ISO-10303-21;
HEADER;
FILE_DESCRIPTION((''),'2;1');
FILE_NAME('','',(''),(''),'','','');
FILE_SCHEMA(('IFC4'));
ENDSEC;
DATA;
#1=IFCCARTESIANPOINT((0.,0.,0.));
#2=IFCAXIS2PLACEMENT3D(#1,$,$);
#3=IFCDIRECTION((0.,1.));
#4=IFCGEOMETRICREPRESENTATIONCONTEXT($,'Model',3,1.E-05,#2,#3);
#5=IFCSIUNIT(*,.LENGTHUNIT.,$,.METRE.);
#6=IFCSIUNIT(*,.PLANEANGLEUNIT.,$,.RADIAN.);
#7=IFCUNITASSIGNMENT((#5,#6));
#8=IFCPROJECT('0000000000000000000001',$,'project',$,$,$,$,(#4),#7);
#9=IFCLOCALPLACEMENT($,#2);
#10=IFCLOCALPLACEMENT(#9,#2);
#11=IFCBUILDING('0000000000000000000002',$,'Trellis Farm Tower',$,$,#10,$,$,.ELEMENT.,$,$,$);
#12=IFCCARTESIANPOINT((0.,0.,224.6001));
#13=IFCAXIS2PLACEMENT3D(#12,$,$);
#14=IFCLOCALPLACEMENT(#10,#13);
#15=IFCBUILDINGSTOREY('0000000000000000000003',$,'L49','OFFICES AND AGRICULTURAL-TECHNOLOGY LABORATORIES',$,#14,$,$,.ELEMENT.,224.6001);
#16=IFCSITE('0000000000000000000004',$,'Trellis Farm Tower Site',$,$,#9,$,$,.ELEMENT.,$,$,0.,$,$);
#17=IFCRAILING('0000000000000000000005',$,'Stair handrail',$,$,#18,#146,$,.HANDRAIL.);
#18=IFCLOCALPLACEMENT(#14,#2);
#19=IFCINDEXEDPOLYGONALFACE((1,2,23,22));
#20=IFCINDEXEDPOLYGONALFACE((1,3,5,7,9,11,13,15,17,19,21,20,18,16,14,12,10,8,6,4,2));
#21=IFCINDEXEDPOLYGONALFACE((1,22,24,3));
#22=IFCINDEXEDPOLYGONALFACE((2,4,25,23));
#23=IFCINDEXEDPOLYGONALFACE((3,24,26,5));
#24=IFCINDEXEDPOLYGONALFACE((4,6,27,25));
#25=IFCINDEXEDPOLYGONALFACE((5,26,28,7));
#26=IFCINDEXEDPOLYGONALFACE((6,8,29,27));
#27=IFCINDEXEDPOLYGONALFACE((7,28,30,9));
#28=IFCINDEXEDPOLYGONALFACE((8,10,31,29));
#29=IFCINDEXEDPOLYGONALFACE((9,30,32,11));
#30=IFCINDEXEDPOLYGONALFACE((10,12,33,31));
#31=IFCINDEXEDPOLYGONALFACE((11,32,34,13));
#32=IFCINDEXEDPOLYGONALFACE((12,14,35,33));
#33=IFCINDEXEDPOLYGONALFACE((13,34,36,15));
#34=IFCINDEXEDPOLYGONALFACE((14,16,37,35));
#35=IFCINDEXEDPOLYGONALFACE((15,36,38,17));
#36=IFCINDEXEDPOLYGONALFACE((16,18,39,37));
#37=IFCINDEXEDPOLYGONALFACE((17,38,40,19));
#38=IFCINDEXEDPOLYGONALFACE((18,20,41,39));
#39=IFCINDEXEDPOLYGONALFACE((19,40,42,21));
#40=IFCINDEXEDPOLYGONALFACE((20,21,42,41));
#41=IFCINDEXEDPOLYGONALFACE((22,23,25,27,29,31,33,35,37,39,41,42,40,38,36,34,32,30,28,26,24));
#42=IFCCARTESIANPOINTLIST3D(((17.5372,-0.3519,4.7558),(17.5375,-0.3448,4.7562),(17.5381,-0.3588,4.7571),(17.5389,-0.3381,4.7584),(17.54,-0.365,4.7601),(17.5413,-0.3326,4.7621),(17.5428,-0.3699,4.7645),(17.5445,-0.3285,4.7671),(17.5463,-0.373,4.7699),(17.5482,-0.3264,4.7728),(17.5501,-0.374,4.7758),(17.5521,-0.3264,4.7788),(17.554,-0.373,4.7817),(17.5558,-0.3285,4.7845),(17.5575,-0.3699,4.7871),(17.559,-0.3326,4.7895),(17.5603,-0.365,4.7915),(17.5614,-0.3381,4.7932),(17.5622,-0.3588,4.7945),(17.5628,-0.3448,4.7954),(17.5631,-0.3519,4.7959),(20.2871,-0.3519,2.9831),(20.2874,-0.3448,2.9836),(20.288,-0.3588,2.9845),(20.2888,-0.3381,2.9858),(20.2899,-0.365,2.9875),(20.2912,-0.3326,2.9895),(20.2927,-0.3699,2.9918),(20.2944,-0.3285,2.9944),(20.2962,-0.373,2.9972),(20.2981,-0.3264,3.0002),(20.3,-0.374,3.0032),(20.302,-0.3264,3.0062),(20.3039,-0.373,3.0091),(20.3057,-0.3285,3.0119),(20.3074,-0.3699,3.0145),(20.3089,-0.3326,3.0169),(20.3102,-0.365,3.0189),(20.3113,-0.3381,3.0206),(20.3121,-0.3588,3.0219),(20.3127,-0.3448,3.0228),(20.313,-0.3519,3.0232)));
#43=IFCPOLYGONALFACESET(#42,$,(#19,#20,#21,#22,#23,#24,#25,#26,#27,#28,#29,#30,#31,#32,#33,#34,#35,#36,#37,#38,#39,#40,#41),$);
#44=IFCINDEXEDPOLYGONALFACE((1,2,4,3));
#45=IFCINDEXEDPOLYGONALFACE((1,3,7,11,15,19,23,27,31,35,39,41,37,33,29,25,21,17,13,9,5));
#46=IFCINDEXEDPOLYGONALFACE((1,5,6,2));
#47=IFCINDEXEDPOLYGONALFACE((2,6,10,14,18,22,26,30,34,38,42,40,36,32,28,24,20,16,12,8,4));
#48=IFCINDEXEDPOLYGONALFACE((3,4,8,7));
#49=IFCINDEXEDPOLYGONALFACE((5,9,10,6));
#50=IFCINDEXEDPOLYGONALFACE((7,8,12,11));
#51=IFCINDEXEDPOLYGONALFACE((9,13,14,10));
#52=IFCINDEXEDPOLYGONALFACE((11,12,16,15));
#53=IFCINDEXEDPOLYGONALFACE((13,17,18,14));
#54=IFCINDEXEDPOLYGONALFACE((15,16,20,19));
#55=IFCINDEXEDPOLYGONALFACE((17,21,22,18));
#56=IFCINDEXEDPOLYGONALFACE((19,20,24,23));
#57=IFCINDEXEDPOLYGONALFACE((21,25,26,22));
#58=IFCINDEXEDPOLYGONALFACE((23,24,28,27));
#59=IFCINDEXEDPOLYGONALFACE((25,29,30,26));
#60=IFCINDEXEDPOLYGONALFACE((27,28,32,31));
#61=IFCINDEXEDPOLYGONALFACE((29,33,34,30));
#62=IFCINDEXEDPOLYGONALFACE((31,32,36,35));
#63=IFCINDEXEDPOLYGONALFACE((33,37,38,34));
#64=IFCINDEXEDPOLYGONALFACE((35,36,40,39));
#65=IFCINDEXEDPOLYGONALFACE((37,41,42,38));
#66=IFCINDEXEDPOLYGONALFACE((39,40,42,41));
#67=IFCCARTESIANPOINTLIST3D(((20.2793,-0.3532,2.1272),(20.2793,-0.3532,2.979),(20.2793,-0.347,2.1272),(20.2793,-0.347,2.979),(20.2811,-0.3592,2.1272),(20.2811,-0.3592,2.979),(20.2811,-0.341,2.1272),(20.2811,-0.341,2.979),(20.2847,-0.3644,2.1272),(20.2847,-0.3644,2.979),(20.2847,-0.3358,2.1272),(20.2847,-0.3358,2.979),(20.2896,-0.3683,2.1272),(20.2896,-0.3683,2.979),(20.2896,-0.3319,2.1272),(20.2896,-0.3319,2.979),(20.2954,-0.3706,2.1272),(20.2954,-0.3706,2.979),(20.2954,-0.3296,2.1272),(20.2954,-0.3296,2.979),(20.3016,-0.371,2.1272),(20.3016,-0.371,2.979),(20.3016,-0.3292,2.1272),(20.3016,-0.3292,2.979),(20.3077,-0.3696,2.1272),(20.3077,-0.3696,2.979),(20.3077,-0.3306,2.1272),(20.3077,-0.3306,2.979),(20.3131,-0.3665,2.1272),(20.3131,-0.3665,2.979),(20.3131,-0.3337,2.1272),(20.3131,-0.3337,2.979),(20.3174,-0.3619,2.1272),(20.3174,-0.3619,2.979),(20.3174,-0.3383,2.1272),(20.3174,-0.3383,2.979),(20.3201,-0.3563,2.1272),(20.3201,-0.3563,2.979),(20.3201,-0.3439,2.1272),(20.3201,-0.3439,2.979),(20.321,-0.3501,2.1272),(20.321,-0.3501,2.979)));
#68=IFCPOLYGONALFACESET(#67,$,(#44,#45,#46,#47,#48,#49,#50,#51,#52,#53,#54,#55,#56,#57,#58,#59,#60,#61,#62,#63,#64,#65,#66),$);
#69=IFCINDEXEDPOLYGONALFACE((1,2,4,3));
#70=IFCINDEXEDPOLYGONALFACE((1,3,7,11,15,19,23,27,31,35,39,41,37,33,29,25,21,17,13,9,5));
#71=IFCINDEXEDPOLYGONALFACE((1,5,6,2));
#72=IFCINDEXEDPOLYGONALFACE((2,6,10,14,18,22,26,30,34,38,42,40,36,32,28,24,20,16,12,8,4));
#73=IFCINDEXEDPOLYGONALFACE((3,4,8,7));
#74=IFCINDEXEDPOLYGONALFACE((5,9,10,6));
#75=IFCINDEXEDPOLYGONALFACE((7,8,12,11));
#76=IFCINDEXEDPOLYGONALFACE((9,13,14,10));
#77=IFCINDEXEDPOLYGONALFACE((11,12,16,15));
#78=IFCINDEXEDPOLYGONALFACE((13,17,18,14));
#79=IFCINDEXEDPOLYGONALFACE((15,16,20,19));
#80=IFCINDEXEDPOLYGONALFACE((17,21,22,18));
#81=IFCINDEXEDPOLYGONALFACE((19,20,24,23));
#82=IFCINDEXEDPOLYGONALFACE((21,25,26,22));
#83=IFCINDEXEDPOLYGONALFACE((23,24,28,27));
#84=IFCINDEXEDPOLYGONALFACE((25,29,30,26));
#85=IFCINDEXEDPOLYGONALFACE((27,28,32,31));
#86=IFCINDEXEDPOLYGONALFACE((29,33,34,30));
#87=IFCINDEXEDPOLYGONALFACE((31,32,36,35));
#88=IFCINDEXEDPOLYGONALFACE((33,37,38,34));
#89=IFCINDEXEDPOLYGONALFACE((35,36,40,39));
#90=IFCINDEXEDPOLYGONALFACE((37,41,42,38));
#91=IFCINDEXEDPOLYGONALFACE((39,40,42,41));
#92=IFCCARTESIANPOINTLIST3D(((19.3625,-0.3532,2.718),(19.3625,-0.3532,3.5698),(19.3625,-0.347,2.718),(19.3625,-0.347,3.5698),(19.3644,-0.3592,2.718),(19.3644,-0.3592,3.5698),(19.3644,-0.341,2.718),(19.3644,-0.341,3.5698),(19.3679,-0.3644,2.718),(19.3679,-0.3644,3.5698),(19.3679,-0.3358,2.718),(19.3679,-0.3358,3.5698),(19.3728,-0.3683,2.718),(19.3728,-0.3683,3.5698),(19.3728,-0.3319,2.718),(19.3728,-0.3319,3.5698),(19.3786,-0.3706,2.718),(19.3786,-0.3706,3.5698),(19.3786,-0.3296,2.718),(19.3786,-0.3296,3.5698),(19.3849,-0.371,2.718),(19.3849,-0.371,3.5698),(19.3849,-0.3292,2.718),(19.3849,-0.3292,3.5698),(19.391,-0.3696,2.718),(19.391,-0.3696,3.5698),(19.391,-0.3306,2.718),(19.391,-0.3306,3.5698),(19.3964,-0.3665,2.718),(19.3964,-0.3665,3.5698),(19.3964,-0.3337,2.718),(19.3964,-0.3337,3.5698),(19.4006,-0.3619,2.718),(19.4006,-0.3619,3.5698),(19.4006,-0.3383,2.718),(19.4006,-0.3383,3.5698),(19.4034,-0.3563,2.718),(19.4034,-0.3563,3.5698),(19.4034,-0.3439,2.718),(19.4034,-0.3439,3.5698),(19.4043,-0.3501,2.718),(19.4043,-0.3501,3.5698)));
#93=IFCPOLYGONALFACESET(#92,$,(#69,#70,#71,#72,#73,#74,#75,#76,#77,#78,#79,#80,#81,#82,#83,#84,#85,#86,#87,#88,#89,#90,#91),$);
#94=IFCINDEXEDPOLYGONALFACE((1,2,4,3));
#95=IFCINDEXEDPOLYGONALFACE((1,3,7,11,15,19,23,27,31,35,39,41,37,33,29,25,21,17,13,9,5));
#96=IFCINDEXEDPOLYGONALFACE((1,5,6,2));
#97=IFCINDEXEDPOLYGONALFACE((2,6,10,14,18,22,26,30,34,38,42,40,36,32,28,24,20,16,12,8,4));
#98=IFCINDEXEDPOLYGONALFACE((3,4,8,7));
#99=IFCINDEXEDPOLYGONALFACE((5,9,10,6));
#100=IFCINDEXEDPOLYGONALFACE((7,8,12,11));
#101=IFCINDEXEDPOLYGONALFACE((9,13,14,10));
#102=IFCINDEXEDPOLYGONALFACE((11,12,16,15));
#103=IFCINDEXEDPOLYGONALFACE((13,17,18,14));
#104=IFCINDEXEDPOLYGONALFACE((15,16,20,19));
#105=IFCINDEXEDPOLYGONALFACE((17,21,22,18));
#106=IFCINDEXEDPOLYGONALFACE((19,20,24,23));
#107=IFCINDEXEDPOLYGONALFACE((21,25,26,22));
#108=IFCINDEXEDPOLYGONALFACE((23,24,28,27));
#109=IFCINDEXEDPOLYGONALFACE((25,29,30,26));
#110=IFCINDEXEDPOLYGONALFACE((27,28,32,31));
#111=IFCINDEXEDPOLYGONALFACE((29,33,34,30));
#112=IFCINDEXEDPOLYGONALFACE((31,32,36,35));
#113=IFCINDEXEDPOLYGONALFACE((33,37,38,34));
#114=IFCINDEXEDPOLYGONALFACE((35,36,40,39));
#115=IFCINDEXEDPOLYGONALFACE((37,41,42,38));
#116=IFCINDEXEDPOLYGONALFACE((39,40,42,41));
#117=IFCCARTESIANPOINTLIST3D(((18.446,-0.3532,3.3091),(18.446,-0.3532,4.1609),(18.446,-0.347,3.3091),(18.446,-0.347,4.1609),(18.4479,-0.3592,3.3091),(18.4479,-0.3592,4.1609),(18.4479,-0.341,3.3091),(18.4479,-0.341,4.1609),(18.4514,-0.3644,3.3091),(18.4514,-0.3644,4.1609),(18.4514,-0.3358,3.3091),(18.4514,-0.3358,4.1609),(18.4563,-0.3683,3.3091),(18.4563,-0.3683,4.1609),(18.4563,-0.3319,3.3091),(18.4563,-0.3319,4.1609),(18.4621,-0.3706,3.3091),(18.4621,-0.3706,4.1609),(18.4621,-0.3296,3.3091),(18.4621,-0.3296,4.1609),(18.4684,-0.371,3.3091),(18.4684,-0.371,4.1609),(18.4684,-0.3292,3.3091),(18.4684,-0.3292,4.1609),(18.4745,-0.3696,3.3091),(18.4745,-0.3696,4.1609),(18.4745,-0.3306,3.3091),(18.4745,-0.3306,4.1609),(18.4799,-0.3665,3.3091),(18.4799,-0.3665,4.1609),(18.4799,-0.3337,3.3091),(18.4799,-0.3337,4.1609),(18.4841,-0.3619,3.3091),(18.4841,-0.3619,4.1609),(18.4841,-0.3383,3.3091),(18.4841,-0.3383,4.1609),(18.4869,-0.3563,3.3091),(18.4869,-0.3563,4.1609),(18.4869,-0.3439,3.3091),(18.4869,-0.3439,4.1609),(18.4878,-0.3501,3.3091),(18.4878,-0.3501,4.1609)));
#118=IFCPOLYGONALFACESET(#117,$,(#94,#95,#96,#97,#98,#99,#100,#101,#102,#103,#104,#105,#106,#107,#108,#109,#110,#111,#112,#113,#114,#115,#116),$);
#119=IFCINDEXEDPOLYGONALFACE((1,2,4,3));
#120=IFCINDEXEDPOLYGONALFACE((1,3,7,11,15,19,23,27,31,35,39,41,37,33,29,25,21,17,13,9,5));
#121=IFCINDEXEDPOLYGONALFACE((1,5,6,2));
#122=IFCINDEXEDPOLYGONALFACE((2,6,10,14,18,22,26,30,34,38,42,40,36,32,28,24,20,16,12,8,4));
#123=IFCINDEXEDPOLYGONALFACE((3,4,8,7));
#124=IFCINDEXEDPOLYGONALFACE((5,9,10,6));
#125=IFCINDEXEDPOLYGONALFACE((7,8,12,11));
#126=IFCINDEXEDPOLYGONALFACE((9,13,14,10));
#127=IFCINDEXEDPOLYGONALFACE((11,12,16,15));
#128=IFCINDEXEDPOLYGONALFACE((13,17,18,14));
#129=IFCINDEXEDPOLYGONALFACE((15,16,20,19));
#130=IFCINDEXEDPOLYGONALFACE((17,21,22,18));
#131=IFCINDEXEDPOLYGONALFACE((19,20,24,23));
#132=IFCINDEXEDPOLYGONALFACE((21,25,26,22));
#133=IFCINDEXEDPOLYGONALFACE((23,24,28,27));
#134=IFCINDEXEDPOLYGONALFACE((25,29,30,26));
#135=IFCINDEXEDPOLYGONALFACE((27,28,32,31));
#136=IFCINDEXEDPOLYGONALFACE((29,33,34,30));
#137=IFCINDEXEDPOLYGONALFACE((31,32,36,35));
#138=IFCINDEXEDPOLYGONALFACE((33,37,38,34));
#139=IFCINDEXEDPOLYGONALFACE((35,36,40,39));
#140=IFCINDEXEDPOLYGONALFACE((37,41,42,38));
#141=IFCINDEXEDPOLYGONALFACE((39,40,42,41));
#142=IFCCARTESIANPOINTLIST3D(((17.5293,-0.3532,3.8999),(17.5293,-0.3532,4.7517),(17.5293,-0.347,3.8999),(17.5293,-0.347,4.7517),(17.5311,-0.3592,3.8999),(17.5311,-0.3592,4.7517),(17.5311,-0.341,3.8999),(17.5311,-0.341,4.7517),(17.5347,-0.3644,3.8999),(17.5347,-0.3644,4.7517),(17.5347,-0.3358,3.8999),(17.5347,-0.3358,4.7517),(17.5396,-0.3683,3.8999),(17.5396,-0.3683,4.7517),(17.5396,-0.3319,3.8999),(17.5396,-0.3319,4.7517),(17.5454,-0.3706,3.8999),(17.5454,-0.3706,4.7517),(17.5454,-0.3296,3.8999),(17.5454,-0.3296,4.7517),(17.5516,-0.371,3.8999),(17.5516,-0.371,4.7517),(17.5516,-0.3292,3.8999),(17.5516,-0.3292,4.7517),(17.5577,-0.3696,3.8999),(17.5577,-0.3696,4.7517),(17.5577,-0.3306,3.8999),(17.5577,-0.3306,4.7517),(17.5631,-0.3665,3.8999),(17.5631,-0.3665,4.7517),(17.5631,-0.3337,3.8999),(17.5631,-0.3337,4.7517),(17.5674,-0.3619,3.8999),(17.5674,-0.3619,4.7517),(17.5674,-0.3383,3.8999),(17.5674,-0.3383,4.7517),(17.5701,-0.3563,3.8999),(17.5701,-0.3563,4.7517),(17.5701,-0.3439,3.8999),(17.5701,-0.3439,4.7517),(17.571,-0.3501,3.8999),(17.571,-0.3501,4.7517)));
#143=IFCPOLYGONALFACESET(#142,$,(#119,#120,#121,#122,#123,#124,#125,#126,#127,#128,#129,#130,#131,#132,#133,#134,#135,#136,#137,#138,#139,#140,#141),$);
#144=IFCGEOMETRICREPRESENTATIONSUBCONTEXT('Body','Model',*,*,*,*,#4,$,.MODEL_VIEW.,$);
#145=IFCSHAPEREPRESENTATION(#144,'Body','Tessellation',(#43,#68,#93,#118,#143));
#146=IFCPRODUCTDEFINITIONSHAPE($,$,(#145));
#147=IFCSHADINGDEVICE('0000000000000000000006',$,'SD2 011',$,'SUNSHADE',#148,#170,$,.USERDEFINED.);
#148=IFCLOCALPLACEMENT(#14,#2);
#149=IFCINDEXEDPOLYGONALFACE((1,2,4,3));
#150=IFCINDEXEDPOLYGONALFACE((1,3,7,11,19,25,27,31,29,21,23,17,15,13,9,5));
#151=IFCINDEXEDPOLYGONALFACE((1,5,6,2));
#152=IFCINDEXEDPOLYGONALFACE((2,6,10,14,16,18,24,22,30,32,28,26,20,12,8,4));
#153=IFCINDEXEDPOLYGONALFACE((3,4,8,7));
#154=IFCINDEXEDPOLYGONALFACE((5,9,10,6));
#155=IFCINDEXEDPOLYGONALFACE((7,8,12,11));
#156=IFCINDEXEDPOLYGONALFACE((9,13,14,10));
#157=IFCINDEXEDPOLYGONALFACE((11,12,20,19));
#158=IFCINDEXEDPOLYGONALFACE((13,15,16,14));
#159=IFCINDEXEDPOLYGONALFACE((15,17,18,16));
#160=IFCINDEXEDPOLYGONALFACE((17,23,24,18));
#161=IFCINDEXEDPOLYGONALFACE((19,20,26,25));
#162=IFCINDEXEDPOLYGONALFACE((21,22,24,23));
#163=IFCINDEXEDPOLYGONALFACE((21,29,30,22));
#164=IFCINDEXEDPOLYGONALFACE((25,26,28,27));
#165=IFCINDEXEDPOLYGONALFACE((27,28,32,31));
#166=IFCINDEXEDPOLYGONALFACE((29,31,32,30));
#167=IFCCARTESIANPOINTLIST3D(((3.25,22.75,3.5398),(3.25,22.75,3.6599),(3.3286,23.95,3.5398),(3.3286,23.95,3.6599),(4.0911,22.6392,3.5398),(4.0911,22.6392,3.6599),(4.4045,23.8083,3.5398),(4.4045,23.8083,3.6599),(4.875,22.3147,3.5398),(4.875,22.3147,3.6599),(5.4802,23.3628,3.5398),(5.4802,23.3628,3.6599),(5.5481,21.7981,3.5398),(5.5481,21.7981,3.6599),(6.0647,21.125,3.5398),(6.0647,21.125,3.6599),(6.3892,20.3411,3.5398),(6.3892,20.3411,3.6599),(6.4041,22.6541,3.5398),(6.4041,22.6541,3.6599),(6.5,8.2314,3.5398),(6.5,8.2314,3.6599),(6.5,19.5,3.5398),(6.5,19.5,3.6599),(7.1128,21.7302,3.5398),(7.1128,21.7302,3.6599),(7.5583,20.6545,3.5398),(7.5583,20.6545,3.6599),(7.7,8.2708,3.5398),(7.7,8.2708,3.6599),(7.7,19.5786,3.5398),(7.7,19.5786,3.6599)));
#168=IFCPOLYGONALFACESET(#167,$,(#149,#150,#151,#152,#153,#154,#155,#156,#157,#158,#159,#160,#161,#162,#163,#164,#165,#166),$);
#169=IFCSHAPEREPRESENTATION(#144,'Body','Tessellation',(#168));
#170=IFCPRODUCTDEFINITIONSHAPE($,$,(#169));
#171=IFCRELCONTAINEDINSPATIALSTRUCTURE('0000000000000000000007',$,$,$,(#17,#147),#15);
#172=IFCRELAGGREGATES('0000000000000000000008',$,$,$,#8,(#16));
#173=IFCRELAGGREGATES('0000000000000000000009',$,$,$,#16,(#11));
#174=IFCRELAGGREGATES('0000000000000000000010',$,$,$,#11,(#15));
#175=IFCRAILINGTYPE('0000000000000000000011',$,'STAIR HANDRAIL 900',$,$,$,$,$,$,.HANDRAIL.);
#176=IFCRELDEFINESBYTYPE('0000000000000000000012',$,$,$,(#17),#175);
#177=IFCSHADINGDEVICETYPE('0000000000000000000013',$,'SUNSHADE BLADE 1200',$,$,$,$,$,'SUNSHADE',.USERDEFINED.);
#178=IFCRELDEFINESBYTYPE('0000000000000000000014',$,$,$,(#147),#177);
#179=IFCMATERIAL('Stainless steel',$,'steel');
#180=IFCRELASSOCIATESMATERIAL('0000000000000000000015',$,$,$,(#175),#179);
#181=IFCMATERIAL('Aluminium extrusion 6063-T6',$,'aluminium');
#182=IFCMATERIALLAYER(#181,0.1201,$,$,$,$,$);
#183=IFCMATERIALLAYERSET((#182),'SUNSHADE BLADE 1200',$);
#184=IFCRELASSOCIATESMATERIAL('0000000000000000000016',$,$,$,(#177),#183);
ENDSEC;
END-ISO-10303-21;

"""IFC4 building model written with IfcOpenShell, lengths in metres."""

from ifc_helpers import new_model, si_unit, direction, frame, origin, origin_2d, place, context, subcontext, project, spatial, polyline, circle, outline, extrude, source, transform, mapped, material, layer, layer_set, type_object, element, save


model = new_model("IFC4")

# Units and contexts
model_context = context("Model", 3, precision=1e-05, world=origin(), true_north=direction((0.0, 1.0)))
body_context = subcontext(model_context, "Body", "Model", "MODEL_VIEW")
ifc_project = project(units=[si_unit("LENGTHUNIT", "METRE"), si_unit("PLANEANGLEUNIT", "RADIAN")], contexts=[model_context])

# Site, building, storey
site_placement = place(None, origin())
site = spatial("IfcSite", under=ifc_project, at=site_placement, Name="Trellis Farm Tower Site", CompositionType="ELEMENT", RefElevation=0.0)
building_placement = place(site_placement, origin())
building = spatial("IfcBuilding", under=site, at=building_placement, Name="Trellis Farm Tower", CompositionType="ELEMENT")
storey_placement = place(building_placement, frame((0.0, 0.0, 224.6001)))
storey = spatial("IfcBuildingStorey", under=building, at=storey_placement, Name="L49", Description="OFFICES AND AGRICULTURAL-TECHNOLOGY LABORATORIES", CompositionType="ELEMENT", Elevation=224.6001)

# Shared definitions
ifc_material_1 = material(Name="Aluminium extrusion 6063-T6", Category="aluminium")

# Railing
ifc_material_2 = material(Name="Stainless steel", Category="steel")
railing_type = type_object("IfcRailingType", Name="STAIR HANDRAIL 900", PredefinedType="HANDRAIL", material=ifc_material_2)
shared_shape_1 = source(origin(), body_context, "Body", "SweptSolid", [
    extrude(circle(Radius=0.0239, at=origin_2d()), frame((0.0, 0.0, 0.876), z_axis=(-0.840504, 0.0, 0.541806), x_axis=(0.0, -1.0, 0.0)), (0.0, 0.0, 1.0), 3.2717),
    extrude(circle(Radius=0.021, at=origin_2d()), origin(), (0.0, 0.0, 1.0), 0.8518),
    extrude(circle(Radius=0.021, at=origin_2d()), frame((-0.9167, 0.0, 0.5908)), (0.0, 0.0, 1.0), 0.8518),
    extrude(circle(Radius=0.021, at=origin_2d()), frame((-1.8333, 0.0, 1.1819)), (0.0, 0.0, 1.0), 0.8518),
    extrude(circle(Radius=0.021, at=origin_2d()), frame((-2.75, 0.0, 1.7727)), (0.0, 0.0, 1.0), 0.8518),
])
for number, where, name in (
    (1, (20.3, -0.3501, 2.1272), "Stair handrail"),
):
    element("IfcRailing", number, at=place(storey_placement, frame(where)), inside=storey, type_object=railing_type, Name=name, PredefinedType="HANDRAIL", context=body_context, shape_type="MappedRepresentation", body=[
        mapped(shared_shape_1, transform((0.0, 0.0, 0.0))),
    ])

# Shading device
ifc_layer_1 = layer(ifc_material_1, 0.1201)
ifc_layer_set_1 = layer_set([ifc_layer_1], Name="SUNSHADE BLADE 1200")
shading_device_type = type_object("IfcShadingDeviceType", Name="SUNSHADE BLADE 1200", ElementType="SUNSHADE", PredefinedType="USERDEFINED", material=ifc_layer_set_1)
shared_shape_2 = source(origin(), body_context, "Body", "SweptSolid", [
    extrude(outline(polyline([(7.7, 8.2708), (7.7, 19.5786), (7.5583, 20.6545), (7.1128, 21.7302), (6.4041, 22.6541), (5.4802, 23.3628), (4.4045, 23.8083), (3.3286, 23.95), (3.25, 22.75), (4.0911, 22.6392), (4.875, 22.3147), (5.5481, 21.7981), (6.0647, 21.125), (6.3892, 20.3411), (6.5, 19.5), (6.5, 8.2314), (7.7, 8.2708)])), origin(), (0.0, 0.0, 1.0), 0.1201),
])
shading_device_placement = place(storey_placement, frame((0.0, 0.0, 3.5398)))
element("IfcShadingDevice", 2, at=shading_device_placement, inside=storey, type_object=shading_device_type, Name="SD2 011", ObjectType="SUNSHADE", PredefinedType="USERDEFINED", context=body_context, shape_type="MappedRepresentation", body=[
    mapped(shared_shape_2, transform((0.0, 0.0, 0.0))),
])

save(model, "model.ifc")
